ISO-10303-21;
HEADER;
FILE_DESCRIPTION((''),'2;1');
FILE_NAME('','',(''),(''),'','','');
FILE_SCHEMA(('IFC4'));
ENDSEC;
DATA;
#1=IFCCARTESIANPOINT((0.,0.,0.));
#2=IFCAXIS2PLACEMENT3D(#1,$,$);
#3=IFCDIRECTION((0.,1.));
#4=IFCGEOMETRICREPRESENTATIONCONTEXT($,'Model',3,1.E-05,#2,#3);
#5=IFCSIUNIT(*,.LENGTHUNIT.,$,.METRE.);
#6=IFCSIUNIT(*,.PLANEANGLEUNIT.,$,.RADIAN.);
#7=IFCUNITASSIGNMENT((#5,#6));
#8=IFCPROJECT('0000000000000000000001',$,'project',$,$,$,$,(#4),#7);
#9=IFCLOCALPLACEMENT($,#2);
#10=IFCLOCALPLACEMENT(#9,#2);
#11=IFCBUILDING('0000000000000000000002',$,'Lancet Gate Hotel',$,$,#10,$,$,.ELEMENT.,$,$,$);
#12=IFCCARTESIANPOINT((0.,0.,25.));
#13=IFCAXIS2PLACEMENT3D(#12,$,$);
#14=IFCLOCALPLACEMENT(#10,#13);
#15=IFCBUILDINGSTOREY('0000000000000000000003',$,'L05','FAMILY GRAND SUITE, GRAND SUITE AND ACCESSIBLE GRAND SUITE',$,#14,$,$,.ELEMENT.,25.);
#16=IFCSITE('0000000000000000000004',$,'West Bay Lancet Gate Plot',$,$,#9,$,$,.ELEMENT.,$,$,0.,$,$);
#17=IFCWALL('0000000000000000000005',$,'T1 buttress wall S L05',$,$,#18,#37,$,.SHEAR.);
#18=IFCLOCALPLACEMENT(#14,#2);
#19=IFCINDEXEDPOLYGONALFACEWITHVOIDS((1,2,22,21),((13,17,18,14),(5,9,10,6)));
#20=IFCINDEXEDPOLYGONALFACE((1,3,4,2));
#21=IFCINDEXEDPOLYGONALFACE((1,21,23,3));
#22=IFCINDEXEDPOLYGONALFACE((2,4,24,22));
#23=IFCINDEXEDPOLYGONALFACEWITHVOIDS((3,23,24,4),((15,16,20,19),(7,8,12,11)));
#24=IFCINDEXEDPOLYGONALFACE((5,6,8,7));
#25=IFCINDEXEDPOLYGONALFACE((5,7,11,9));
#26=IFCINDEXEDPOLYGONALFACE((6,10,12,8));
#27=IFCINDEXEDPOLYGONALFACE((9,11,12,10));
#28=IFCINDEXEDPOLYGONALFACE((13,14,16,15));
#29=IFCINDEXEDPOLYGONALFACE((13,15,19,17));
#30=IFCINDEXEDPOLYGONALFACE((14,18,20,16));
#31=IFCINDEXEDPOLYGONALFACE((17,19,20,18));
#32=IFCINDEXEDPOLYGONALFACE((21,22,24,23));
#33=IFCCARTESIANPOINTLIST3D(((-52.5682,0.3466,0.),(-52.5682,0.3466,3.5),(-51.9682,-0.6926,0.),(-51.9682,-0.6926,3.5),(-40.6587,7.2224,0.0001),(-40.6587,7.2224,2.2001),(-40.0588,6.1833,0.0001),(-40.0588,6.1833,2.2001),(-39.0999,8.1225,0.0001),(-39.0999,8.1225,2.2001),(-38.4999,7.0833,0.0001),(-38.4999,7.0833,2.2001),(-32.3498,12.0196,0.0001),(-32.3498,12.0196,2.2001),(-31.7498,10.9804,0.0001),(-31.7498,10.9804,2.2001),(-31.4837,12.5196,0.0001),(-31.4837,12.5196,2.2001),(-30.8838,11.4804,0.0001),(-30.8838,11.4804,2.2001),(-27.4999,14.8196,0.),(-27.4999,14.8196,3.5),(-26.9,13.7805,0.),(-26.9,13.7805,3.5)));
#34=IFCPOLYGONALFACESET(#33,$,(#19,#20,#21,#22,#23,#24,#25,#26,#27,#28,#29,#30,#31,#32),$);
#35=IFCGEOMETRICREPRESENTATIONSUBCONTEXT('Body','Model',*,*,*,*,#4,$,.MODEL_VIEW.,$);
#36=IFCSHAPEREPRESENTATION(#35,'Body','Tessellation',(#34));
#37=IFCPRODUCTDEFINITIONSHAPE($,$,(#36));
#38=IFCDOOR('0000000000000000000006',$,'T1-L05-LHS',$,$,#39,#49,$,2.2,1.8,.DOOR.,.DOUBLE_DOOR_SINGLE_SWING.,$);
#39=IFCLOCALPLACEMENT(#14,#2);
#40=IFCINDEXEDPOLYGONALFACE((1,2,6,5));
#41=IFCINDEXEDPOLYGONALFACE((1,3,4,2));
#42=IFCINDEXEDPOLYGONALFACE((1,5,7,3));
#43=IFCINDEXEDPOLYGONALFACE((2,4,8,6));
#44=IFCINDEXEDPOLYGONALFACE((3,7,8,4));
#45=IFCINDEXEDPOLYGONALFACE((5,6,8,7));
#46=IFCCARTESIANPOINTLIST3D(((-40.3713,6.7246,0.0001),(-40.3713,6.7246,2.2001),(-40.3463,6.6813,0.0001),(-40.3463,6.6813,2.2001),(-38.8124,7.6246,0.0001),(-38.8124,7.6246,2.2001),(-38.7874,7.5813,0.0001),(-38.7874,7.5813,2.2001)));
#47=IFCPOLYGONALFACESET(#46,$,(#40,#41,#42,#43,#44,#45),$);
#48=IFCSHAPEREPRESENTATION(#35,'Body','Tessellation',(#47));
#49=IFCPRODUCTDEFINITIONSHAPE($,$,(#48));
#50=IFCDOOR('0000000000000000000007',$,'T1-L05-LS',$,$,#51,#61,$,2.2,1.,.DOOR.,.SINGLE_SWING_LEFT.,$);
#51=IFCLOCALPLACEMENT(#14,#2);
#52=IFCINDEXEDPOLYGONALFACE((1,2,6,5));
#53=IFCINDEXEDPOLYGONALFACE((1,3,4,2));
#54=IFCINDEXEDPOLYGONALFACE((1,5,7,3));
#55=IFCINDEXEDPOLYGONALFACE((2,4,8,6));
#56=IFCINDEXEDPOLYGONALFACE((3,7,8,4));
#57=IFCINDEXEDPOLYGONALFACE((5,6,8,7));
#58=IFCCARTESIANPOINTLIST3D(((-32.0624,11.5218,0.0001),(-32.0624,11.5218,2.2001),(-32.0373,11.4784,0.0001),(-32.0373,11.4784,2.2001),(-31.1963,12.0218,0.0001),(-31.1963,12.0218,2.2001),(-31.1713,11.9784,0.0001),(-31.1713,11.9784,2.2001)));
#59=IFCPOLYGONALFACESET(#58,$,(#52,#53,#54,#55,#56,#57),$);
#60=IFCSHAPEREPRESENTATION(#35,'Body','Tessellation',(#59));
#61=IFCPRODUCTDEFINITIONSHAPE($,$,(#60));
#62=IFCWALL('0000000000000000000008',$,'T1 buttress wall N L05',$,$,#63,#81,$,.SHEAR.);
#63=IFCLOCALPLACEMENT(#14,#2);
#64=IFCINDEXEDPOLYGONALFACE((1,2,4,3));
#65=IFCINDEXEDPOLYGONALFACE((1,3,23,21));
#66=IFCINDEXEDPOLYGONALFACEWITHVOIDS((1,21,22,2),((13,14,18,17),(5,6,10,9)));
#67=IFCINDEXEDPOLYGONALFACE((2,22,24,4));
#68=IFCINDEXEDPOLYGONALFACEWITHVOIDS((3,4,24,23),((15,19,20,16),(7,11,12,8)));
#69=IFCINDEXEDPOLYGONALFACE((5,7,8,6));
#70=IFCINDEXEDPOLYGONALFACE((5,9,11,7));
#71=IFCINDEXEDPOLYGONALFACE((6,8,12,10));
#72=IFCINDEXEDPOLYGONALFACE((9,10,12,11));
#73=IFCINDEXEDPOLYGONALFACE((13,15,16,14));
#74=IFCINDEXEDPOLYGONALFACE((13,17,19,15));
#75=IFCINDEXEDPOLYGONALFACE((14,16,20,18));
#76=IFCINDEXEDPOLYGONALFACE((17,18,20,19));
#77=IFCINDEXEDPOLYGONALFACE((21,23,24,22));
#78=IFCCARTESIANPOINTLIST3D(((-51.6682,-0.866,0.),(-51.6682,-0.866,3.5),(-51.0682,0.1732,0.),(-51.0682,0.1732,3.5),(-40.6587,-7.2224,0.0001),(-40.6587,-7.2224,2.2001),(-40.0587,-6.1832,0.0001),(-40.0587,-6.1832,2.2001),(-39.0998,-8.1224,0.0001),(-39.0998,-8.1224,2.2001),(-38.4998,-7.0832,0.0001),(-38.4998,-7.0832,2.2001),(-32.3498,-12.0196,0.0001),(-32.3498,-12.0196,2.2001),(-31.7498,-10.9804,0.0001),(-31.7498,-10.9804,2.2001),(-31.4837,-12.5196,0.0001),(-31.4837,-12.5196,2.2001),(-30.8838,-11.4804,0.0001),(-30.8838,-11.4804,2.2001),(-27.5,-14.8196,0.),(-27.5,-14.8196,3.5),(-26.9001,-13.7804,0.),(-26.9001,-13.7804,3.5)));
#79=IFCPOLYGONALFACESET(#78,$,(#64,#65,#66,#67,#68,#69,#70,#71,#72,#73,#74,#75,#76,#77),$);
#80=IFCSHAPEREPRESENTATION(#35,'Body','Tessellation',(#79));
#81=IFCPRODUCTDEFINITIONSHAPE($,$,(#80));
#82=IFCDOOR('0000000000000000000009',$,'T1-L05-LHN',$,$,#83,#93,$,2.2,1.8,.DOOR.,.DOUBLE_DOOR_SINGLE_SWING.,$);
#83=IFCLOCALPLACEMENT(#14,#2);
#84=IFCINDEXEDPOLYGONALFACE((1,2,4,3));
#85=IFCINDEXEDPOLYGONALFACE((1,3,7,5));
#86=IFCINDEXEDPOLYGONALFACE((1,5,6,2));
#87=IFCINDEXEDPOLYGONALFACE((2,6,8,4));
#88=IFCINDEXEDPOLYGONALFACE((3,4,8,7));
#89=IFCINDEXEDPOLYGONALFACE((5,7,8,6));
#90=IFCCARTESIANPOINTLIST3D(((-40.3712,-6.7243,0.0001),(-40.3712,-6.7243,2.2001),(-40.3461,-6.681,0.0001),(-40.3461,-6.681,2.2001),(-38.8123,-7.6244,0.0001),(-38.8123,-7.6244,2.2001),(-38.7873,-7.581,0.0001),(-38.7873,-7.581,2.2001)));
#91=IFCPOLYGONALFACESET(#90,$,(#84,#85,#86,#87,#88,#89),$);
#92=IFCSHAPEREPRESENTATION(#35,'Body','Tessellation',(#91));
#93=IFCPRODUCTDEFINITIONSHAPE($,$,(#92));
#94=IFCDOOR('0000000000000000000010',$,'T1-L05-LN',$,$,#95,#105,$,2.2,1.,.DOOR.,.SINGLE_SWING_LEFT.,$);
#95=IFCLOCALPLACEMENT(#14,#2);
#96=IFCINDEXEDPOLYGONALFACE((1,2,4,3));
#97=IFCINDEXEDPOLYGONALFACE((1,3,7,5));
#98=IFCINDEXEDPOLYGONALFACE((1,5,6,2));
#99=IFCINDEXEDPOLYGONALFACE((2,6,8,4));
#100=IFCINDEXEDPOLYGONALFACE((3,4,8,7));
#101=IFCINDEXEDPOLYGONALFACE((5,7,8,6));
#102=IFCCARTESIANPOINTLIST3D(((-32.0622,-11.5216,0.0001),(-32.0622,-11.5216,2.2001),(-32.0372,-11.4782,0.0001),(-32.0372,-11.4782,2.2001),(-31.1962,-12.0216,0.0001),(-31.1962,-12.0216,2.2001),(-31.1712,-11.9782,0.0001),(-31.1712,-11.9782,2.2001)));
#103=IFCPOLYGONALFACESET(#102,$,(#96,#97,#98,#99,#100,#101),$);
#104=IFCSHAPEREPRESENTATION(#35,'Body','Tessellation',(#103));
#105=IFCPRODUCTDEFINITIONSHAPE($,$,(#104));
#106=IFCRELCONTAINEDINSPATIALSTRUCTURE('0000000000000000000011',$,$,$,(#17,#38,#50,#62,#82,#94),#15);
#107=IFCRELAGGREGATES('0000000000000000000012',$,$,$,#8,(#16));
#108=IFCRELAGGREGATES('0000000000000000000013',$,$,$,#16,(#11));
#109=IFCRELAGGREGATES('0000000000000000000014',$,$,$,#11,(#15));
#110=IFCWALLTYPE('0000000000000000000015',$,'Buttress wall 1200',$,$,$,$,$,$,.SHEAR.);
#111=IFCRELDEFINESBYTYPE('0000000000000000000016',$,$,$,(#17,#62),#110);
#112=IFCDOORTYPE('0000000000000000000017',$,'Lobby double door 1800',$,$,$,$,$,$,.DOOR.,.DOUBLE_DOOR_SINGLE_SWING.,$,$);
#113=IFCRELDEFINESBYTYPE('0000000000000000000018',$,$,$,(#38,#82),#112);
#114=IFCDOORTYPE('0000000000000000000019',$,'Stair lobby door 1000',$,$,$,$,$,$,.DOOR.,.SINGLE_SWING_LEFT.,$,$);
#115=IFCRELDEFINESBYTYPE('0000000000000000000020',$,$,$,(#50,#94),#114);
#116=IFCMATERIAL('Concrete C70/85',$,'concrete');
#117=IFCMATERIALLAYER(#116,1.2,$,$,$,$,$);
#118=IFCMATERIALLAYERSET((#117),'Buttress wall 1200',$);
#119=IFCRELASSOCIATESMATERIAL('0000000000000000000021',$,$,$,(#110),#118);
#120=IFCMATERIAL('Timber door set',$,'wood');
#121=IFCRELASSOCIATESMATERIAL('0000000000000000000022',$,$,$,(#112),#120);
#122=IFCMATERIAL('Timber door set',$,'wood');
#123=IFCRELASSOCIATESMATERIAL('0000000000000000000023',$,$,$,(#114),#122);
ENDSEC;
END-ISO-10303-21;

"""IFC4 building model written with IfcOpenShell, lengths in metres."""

from ifc_helpers import new_model, si_unit, direction, frame, frame_2d, origin, place, context, subcontext, project, spatial, rectangle, extrude, material, layer, layer_set, type_object, element, fill, save


model = new_model("IFC4")

# Units and contexts
model_context = context("Model", 3, precision=1e-05, world=origin(), true_north=direction((0.0, 1.0)))
body_context = subcontext(model_context, "Body", "Model", "MODEL_VIEW")
ifc_project = project(units=[si_unit("LENGTHUNIT", "METRE"), si_unit("PLANEANGLEUNIT", "RADIAN")], contexts=[model_context])

# Site, building, storey
site_placement = place(None, origin())
site = spatial("IfcSite", under=ifc_project, at=site_placement, Name="West Bay Lancet Gate Plot", CompositionType="ELEMENT", RefElevation=0.0)
building_placement = place(site_placement, origin())
building = spatial("IfcBuilding", under=site, at=building_placement, Name="Lancet Gate Hotel", CompositionType="ELEMENT")
storey_placement = place(building_placement, frame((0.0, 0.0, 25.0)))
storey = spatial("IfcBuildingStorey", under=building, at=storey_placement, Name="L05", Description="FAMILY GRAND SUITE, GRAND SUITE AND ACCESSIBLE GRAND SUITE", CompositionType="ELEMENT", Elevation=25.0)

# Walls, openings, doors
ifc_material_1 = material(Name="Concrete C70/85", Category="concrete")
ifc_layer_1 = layer(ifc_material_1, 1.2)
ifc_layer_set_1 = layer_set([ifc_layer_1], Name="Buttress wall 1200")
wall_type = type_object("IfcWallType", Name="Buttress wall 1200", PredefinedType="SHEAR", material=ifc_layer_set_1)
wall_1_placement = place(storey_placement, frame((-27.2, 14.3, 0.0), z_axis=(0.0, 0.0, 1.0), x_axis=(-0.866027, -0.499998, 0.0)))
wall_1 = element("IfcWall", 1, at=wall_1_placement, inside=storey, type_object=wall_type, Name="T1 buttress wall S L05", PredefinedType="SHEAR", context=body_context, shape_type="SweptSolid", body=[
    extrude(rectangle(XDim=28.9463, YDim=1.2, at=frame_2d((14.4731, 0.0))), origin(), (0.0, 0.0, 1.0), 3.5),
])
opening_1_placement = place(wall_1_placement, frame((4.6001, 0.0, 0.0)))
opening_1 = element("IfcOpeningElement", 2, at=opening_1_placement, cuts=wall_1, PredefinedType="OPENING", context=body_context, shape_type="SweptSolid", body=[
    extrude(rectangle(XDim=1.0, YDim=2.2, at=frame_2d((0.5, 1.1001))), frame((0.0, 0.6099, 0.0), z_axis=(0.0, -1.0, 0.0), x_axis=(1.0, 0.0, 0.0)), (0.0, 0.0, 1.0), 1.22),
])
opening_2_placement = place(wall_1_placement, frame((13.3945, 0.0, 0.0)))
opening_2 = element("IfcOpeningElement", 3, at=opening_2_placement, cuts=wall_1, PredefinedType="OPENING", context=body_context, shape_type="SweptSolid", body=[
    extrude(rectangle(XDim=1.8, YDim=2.2, at=frame_2d((0.8999, 1.1001))), frame((0.0, 0.6099, 0.0), z_axis=(0.0, -1.0, 0.0), x_axis=(1.0, 0.0, 0.0)), (0.0, 0.0, 1.0), 1.22),
])
ifc_material_2 = material(Name="Timber door set", Category="wood")
door_type_1 = type_object("IfcDoorType", Name="Lobby double door 1800", OperationType="DOUBLE_DOOR_SINGLE_SWING", PredefinedType="DOOR", material=ifc_material_2)
door_1_placement = place(opening_2_placement, origin())
door_1 = element("IfcDoor", 4, at=door_1_placement, inside=storey, type_object=door_type_1, Name="T1-L05-LHS", OperationType="DOUBLE_DOOR_SINGLE_SWING", OverallHeight=2.2, OverallWidth=1.8, PredefinedType="DOOR", context=body_context, shape_type="SweptSolid", body=[
    extrude(rectangle(XDim=1.8, YDim=2.2, at=frame_2d((0.8999, 1.1001))), frame((0.0, 0.0249, 0.0), z_axis=(0.0, -1.0, 0.0), x_axis=(1.0, 0.0, 0.0)), (0.0, 0.0, 1.0), 0.05),
])
fill(opening_2, door_1)
ifc_material_3 = material(Name="Timber door set", Category="wood")
door_type_2 = type_object("IfcDoorType", Name="Stair lobby door 1000", OperationType="SINGLE_SWING_LEFT", PredefinedType="DOOR", material=ifc_material_3)
door_2_placement = place(opening_1_placement, origin())
door_2 = element("IfcDoor", 5, at=door_2_placement, inside=storey, type_object=door_type_2, Name="T1-L05-LS", OperationType="SINGLE_SWING_LEFT", OverallHeight=2.2, OverallWidth=1.0, PredefinedType="DOOR", context=body_context, shape_type="SweptSolid", body=[
    extrude(rectangle(XDim=1.0, YDim=2.2, at=frame_2d((0.5, 1.1001))), frame((0.0, 0.0249, 0.0), z_axis=(0.0, -1.0, 0.0), x_axis=(1.0, 0.0, 0.0)), (0.0, 0.0, 1.0), 0.05),
])
fill(opening_1, door_2)
wall_2_placement = place(storey_placement, frame((-27.2, -14.3, 0.0), z_axis=(0.0, 0.0, 1.0), x_axis=(-0.866024, 0.500002, 0.0)))
wall_2 = element("IfcWall", 6, at=wall_2_placement, inside=storey, type_object=wall_type, Name="T1 buttress wall N L05", PredefinedType="SHEAR", context=body_context, shape_type="SweptSolid", body=[
    extrude(rectangle(XDim=27.907, YDim=1.2, at=frame_2d((13.9536, 0.0))), origin(), (0.0, 0.0, 1.0), 3.5),
])
opening_3_placement = place(wall_2_placement, frame((4.6001, 0.0, 0.0)))
opening_3 = element("IfcOpeningElement", 7, at=opening_3_placement, cuts=wall_2, PredefinedType="OPENING", context=body_context, shape_type="SweptSolid", body=[
    extrude(rectangle(XDim=1.0, YDim=2.2, at=frame_2d((0.5, 1.1001))), frame((0.0, 0.6099, 0.0), z_axis=(0.0, -1.0, 0.0), x_axis=(1.0, 0.0, 0.0)), (0.0, 0.0, 1.0), 1.22),
])
opening_4_placement = place(wall_2_placement, frame((13.3945, 0.0, 0.0)))
opening_4 = element("IfcOpeningElement", 8, at=opening_4_placement, cuts=wall_2, PredefinedType="OPENING", context=body_context, shape_type="SweptSolid", body=[
    extrude(rectangle(XDim=1.8, YDim=2.2, at=frame_2d((0.8999, 1.1001))), frame((0.0, 0.6099, 0.0), z_axis=(0.0, -1.0, 0.0), x_axis=(1.0, 0.0, 0.0)), (0.0, 0.0, 1.0), 1.22),
])
door_3_placement = place(opening_4_placement, origin())
door_3 = element("IfcDoor", 9, at=door_3_placement, inside=storey, type_object=door_type_1, Name="T1-L05-LHN", OperationType="DOUBLE_DOOR_SINGLE_SWING", OverallHeight=2.2, OverallWidth=1.8, PredefinedType="DOOR", context=body_context, shape_type="SweptSolid", body=[
    extrude(rectangle(XDim=1.8, YDim=2.2, at=frame_2d((0.8999, 1.1001))), frame((0.0, 0.0249, 0.0), z_axis=(0.0, -1.0, 0.0), x_axis=(1.0, 0.0, 0.0)), (0.0, 0.0, 1.0), 0.05),
])
fill(opening_4, door_3)
door_4_placement = place(opening_3_placement, origin())
door_4 = element("IfcDoor", 10, at=door_4_placement, inside=storey, type_object=door_type_2, Name="T1-L05-LN", OperationType="SINGLE_SWING_LEFT", OverallHeight=2.2, OverallWidth=1.0, PredefinedType="DOOR", context=body_context, shape_type="SweptSolid", body=[
    extrude(rectangle(XDim=1.0, YDim=2.2, at=frame_2d((0.5, 1.1001))), frame((0.0, 0.0249, 0.0), z_axis=(0.0, -1.0, 0.0), x_axis=(1.0, 0.0, 0.0)), (0.0, 0.0, 1.0), 0.05),
])
fill(opening_3, door_4)

save(model, "model.ifc")
